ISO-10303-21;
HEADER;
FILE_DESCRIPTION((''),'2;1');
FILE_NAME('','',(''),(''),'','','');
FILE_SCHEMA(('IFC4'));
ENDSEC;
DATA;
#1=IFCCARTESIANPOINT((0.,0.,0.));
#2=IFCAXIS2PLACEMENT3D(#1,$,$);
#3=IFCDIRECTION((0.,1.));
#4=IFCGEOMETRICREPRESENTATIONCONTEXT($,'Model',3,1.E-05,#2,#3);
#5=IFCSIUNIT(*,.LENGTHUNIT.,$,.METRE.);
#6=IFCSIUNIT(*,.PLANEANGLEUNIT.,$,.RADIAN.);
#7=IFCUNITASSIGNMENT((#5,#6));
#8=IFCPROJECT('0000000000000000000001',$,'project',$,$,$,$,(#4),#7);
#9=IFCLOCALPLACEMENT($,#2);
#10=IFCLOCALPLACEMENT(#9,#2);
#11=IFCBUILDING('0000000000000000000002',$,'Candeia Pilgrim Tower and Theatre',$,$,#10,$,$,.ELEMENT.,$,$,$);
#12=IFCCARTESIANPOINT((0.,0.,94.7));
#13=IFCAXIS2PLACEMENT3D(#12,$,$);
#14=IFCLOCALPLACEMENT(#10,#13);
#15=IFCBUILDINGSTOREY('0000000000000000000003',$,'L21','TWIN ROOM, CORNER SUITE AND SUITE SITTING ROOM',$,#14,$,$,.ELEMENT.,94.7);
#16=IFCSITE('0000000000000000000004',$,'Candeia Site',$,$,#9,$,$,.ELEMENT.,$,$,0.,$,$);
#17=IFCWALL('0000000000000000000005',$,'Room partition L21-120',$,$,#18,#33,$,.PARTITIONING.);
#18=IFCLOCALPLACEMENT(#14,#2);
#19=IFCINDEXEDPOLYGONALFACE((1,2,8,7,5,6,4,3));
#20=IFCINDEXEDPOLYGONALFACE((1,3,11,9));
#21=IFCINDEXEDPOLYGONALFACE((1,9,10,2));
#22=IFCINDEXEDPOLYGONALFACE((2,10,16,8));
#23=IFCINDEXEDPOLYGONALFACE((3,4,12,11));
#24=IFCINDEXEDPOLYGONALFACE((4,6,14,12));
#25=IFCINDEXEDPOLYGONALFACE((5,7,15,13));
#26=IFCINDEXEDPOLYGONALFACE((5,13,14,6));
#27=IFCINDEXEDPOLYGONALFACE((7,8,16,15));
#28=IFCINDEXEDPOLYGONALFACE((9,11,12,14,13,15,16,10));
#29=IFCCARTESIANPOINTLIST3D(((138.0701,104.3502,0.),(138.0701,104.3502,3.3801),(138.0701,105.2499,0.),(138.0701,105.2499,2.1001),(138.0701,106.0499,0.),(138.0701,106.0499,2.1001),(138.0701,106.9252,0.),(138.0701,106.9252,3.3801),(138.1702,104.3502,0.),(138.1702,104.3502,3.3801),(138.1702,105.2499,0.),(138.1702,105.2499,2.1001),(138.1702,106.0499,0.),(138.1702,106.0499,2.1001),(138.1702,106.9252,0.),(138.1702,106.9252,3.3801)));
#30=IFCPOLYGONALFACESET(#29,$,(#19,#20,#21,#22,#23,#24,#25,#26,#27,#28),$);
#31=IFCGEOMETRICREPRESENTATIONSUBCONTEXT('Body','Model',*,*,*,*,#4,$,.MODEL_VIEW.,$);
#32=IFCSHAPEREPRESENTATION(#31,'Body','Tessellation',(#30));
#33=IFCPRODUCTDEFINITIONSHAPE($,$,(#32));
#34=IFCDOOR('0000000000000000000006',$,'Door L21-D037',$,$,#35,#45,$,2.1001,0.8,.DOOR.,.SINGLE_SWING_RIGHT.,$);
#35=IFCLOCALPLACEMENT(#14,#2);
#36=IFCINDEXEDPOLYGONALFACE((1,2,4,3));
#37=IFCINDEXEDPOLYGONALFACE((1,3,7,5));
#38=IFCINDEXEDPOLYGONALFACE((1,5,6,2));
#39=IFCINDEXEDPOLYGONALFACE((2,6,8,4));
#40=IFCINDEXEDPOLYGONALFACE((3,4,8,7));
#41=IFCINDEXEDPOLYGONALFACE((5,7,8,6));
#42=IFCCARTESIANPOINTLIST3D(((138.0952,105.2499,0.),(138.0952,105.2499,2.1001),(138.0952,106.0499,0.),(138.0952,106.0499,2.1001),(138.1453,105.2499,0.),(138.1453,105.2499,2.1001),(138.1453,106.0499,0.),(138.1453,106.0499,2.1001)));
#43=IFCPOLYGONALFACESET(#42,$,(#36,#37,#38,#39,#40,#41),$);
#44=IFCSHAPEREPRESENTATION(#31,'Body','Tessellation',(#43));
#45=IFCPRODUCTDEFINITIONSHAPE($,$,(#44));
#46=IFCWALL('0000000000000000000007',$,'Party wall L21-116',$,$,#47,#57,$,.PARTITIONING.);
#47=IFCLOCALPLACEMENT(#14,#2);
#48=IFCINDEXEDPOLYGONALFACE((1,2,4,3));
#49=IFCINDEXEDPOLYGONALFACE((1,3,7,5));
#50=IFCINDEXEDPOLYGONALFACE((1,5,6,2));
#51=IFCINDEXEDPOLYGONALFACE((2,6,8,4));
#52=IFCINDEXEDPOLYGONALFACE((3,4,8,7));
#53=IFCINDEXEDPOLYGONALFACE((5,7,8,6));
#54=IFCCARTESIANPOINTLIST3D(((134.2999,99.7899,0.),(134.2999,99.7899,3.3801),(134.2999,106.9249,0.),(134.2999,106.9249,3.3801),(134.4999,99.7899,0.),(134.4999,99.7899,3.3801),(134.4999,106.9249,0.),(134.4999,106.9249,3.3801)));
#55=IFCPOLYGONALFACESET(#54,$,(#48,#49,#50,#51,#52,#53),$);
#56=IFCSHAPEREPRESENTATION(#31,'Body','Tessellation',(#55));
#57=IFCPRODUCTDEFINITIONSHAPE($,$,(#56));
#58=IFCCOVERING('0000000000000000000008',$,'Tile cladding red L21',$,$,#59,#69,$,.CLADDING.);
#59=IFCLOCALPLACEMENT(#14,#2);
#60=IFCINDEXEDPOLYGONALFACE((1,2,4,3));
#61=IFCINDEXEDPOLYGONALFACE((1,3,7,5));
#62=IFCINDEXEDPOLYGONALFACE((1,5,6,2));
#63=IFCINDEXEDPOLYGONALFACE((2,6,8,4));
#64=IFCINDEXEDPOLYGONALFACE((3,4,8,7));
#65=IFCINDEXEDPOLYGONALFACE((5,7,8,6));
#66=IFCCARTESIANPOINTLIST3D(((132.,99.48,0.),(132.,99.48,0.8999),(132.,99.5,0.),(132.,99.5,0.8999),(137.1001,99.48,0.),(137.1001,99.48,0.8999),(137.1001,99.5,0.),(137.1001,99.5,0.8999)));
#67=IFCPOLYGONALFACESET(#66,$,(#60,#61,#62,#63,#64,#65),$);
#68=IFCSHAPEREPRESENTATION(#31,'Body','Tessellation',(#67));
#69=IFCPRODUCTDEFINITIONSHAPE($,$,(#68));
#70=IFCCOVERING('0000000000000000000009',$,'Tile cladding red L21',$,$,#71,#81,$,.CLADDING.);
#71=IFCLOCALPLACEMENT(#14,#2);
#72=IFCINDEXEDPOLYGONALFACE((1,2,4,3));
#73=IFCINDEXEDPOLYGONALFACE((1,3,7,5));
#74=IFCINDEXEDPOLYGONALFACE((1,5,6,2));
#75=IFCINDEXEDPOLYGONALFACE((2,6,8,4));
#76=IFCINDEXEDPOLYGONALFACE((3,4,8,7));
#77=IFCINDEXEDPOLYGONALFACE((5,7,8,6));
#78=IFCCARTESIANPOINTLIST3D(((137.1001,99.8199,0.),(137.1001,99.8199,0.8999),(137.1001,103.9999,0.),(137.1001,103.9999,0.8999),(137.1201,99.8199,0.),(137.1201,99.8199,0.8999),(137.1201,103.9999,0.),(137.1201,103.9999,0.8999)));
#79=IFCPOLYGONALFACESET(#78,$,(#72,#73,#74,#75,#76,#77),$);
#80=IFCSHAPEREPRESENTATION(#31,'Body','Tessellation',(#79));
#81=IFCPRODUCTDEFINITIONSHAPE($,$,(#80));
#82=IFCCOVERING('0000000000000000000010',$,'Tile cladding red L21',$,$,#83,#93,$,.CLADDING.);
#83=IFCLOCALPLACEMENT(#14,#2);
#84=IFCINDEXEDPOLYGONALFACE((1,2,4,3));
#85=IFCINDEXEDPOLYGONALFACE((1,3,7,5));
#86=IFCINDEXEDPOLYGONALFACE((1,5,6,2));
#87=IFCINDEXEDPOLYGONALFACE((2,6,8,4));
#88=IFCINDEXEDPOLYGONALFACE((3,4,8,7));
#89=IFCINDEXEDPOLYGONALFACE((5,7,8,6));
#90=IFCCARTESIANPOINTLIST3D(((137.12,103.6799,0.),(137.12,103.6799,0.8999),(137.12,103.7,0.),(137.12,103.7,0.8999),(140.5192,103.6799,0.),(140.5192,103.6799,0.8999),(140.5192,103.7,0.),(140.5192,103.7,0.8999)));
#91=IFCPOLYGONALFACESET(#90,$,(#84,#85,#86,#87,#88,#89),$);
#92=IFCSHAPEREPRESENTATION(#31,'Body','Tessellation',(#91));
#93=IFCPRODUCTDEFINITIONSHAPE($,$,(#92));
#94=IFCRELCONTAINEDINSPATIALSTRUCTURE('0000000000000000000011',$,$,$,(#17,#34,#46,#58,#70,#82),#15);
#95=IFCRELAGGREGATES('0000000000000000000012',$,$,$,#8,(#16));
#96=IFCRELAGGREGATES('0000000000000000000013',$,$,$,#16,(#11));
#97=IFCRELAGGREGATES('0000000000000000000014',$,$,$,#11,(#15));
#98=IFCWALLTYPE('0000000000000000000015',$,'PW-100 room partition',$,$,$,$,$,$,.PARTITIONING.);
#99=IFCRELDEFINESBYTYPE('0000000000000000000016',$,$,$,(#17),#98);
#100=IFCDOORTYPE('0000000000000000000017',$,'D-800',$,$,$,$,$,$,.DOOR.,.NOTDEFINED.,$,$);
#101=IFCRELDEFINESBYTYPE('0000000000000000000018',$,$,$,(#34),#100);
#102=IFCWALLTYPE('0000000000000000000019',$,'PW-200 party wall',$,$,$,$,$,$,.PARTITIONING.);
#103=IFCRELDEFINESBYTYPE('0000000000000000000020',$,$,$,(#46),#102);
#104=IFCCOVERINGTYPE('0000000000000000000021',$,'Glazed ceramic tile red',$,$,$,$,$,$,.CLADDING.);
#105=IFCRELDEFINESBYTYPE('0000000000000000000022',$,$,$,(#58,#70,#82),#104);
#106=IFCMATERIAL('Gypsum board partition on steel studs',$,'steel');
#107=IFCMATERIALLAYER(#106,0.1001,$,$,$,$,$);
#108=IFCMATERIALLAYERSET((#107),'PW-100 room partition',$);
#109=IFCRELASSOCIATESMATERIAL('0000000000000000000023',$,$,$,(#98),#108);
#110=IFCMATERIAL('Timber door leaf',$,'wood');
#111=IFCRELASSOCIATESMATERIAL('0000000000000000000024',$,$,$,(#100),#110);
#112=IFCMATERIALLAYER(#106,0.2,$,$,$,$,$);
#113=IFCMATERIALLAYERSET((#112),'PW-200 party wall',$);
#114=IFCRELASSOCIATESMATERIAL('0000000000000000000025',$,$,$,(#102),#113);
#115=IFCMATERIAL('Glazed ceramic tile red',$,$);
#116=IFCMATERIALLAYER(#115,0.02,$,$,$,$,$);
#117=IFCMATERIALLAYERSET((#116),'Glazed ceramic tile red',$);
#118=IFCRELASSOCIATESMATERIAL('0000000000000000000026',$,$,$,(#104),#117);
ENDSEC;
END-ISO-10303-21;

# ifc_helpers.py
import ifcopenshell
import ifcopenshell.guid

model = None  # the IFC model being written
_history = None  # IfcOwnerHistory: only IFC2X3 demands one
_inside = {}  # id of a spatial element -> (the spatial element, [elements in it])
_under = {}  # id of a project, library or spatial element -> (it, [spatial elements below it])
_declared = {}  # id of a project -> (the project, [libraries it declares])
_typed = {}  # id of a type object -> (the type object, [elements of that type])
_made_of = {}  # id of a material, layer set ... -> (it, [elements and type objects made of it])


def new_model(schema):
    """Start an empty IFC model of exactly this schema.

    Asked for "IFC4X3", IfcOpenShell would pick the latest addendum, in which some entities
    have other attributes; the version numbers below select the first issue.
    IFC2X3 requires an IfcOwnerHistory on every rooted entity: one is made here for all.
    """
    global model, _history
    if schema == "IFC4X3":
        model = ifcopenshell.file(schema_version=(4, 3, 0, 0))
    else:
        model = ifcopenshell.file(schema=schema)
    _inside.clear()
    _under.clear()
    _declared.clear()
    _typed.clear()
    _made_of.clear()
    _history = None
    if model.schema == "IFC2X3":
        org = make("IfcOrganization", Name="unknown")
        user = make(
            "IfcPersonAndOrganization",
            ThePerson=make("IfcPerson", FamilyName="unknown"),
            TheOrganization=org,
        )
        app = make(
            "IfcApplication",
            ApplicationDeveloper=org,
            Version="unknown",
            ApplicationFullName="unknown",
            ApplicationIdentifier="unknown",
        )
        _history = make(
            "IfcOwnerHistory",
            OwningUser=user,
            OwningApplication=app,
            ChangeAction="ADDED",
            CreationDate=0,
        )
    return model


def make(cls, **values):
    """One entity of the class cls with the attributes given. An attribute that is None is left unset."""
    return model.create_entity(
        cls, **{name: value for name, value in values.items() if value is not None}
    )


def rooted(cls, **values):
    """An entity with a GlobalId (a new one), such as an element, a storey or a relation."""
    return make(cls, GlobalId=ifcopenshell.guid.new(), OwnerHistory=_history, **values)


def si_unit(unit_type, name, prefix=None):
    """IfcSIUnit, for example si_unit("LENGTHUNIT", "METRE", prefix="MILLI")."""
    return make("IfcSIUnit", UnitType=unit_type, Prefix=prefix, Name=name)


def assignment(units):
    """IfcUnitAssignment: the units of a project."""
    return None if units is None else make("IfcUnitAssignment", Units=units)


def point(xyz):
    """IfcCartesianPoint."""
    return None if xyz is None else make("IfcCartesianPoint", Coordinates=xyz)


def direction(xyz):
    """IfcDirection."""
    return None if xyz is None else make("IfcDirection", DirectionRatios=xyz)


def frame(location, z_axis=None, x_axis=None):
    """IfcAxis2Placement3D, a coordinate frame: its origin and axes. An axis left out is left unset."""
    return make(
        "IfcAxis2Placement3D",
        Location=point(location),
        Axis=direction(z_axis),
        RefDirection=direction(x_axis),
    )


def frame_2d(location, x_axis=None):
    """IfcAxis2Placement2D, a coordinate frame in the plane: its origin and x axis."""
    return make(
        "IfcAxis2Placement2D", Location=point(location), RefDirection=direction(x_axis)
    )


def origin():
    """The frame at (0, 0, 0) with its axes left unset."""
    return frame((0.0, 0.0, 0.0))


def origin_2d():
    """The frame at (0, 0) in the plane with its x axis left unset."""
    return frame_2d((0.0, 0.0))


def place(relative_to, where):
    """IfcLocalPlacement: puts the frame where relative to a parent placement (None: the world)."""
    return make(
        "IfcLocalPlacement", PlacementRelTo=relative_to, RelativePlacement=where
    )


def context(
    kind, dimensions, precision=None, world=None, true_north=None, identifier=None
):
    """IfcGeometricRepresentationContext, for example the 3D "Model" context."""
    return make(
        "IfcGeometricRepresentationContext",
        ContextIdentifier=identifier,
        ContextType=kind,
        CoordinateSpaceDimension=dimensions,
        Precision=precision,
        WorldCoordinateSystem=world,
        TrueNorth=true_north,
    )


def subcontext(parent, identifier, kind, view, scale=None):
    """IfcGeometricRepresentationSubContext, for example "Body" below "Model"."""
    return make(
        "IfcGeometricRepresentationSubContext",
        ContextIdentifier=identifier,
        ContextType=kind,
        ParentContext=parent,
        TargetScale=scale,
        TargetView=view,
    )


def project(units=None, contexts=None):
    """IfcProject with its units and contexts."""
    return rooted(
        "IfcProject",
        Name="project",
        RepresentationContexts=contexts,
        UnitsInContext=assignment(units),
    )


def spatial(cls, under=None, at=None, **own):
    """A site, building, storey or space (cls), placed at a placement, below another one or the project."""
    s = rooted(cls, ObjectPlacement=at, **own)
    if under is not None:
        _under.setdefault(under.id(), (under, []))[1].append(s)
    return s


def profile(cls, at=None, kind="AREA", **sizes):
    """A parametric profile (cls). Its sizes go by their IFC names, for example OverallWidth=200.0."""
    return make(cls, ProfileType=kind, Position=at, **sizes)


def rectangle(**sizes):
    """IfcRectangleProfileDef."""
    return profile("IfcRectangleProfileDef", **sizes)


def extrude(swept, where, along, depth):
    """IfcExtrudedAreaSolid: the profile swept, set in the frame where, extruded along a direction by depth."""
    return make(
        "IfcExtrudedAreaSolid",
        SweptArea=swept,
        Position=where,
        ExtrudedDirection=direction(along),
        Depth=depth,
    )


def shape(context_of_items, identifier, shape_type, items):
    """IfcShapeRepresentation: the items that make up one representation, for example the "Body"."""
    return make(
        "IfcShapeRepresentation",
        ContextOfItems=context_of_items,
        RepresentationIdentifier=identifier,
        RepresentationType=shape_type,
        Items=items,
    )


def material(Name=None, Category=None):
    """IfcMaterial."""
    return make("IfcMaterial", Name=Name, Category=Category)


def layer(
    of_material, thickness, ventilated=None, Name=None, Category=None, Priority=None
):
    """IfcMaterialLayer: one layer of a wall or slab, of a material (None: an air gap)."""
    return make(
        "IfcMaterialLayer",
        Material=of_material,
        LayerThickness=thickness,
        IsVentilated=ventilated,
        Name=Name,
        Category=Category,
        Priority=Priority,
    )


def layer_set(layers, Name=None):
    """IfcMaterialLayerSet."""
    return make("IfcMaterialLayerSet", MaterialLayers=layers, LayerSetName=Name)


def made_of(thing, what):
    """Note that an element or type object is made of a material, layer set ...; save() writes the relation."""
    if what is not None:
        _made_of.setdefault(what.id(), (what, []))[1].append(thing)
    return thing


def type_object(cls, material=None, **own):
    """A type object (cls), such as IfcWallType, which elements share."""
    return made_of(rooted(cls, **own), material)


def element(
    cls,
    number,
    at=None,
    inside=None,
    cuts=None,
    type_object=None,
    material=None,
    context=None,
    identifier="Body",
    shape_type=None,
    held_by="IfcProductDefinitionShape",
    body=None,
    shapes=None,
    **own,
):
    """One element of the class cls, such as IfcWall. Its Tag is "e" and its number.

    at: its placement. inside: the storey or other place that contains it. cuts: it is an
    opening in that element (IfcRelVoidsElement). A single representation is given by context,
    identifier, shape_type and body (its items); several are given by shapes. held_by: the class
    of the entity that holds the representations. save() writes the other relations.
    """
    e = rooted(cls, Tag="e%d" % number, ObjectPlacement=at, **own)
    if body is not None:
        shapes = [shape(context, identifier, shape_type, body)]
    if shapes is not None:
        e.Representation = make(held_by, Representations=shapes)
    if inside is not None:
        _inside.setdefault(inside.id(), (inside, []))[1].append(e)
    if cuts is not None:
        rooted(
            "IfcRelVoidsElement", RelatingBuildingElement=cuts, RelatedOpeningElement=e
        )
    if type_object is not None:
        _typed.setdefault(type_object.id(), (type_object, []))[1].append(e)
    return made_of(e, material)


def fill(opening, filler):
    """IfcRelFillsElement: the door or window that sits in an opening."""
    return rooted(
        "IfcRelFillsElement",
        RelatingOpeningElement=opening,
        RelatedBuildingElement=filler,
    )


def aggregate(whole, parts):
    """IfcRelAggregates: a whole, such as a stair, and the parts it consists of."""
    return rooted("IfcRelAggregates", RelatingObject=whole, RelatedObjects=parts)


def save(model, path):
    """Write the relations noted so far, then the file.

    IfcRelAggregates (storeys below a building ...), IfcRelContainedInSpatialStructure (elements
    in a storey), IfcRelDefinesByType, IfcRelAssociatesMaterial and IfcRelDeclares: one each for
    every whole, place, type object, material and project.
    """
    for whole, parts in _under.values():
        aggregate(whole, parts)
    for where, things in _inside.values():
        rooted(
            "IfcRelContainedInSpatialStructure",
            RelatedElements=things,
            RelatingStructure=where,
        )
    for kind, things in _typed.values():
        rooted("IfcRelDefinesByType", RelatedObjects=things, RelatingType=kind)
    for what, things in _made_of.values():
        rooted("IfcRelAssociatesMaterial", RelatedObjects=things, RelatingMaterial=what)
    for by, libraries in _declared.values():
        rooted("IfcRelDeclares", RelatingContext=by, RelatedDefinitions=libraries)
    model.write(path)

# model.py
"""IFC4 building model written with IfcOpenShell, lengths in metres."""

from ifc_helpers import new_model, si_unit, direction, frame, frame_2d, origin, origin_2d, place, context, subcontext, project, spatial, rectangle, extrude, material, layer, layer_set, type_object, element, fill, save


model = new_model("IFC4")

# Units and contexts
model_context = context("Model", 3, precision=1e-05, world=origin(), true_north=direction((0.0, 1.0)))
body_context = subcontext(model_context, "Body", "Model", "MODEL_VIEW")
ifc_project = project(units=[si_unit("LENGTHUNIT", "METRE"), si_unit("PLANEANGLEUNIT", "RADIAN")], contexts=[model_context])

# Site, building, storey
site_placement = place(None, origin())
site = spatial("IfcSite", under=ifc_project, at=site_placement, Name="Candeia Site", CompositionType="ELEMENT", RefElevation=0.0)
building_placement = place(site_placement, origin())
building = spatial("IfcBuilding", under=site, at=building_placement, Name="Candeia Pilgrim Tower and Theatre", CompositionType="ELEMENT")
storey_placement = place(building_placement, frame((0.0, 0.0, 94.7)))
storey = spatial("IfcBuildingStorey", under=building, at=storey_placement, Name="L21", Description="TWIN ROOM, CORNER SUITE AND SUITE SITTING ROOM", CompositionType="ELEMENT", Elevation=94.7)

# Shared definitions
ifc_material_1 = material(Name="Gypsum board partition on steel studs", Category="steel")
ifc_layer_1 = layer(ifc_material_1, 0.1001)
ifc_layer_set_1 = layer_set([ifc_layer_1], Name="PW-100 room partition")
wall_type_1 = type_object("IfcWallType", Name="PW-100 room partition", PredefinedType="PARTITIONING", material=ifc_layer_set_1)

# Wall, opening, door
ifc_material_2 = material(Name="Timber door leaf", Category="wood")
door_type_1 = type_object("IfcDoorType", Name="D-800", OperationType="NOTDEFINED", PredefinedType="DOOR", material=ifc_material_2)
wall_1_placement = place(storey_placement, frame((138.1201, 104.3501, 0.0), z_axis=(0.0, 0.0, 1.0), x_axis=(0.0, 1.0, 0.0)))
wall_1 = element("IfcWall", 1, at=wall_1_placement, inside=storey, type_object=wall_type_1, Name="Room partition L21-120", PredefinedType="PARTITIONING", context=body_context, shape_type="SweptSolid", body=[
    extrude(rectangle(XDim=2.575, YDim=0.1001, at=frame_2d((1.2876, 0.0))), origin(), (0.0, 0.0, 1.0), 3.3801),
])
opening_1_placement = place(wall_1_placement, frame((0.8999, 0.0, 0.0)))
opening_1 = element("IfcOpeningElement", 2, at=opening_1_placement, cuts=wall_1, PredefinedType="OPENING", context=body_context, shape_type="SweptSolid", body=[
    extrude(rectangle(XDim=0.8, YDim=2.1001, at=frame_2d((0.3999, 1.05))), frame((0.0, 0.0601, 0.0), z_axis=(0.0, -1.0, 0.0), x_axis=(1.0, 0.0, 0.0)), (0.0, 0.0, 1.0), 0.1201),
])
door_1_placement = place(opening_1_placement, origin())
door_1 = element("IfcDoor", 3, at=door_1_placement, inside=storey, type_object=door_type_1, Name="Door L21-D037", OperationType="SINGLE_SWING_RIGHT", OverallHeight=2.1001, OverallWidth=0.8, PredefinedType="DOOR", context=body_context, shape_type="SweptSolid", body=[
    extrude(rectangle(XDim=0.8, YDim=2.1001, at=frame_2d((0.3999, 1.05))), frame((0.0, 0.0249, 0.0), z_axis=(0.0, -1.0, 0.0), x_axis=(1.0, 0.0, 0.0)), (0.0, 0.0, 1.0), 0.05),
])
fill(opening_1, door_1)

# Wall
ifc_layer_2 = layer(ifc_material_1, 0.2)
ifc_layer_set_2 = layer_set([ifc_layer_2], Name="PW-200 party wall")
wall_type_2 = type_object("IfcWallType", Name="PW-200 party wall", PredefinedType="PARTITIONING", material=ifc_layer_set_2)
wall_2_placement = place(storey_placement, frame((134.3999, 99.79, 0.0), z_axis=(0.0, 0.0, 1.0), x_axis=(0.0, 1.0, 0.0)))
element("IfcWall", 4, at=wall_2_placement, inside=storey, type_object=wall_type_2, Name="Party wall L21-116", PredefinedType="PARTITIONING", context=body_context, shape_type="SweptSolid", body=[
    extrude(rectangle(XDim=7.135, YDim=0.2, at=frame_2d((3.5674, 0.0))), origin(), (0.0, 0.0, 1.0), 3.3801),
])

# Coverings
ifc_material_3 = material(Name="Glazed ceramic tile red")
ifc_layer_3 = layer(ifc_material_3, 0.02)
ifc_layer_set_3 = layer_set([ifc_layer_3], Name="Glazed ceramic tile red")
covering_type = type_object("IfcCoveringType", Name="Glazed ceramic tile red", PredefinedType="CLADDING", material=ifc_layer_set_3)
covering_1_placement = place(storey_placement, frame((134.55, 99.49, 0.0), z_axis=(0.0, 0.0, 1.0), x_axis=(1.0, 0.0, 0.0)))
element("IfcCovering", 5, at=covering_1_placement, inside=storey, type_object=covering_type, Name="Tile cladding red L21", PredefinedType="CLADDING", context=body_context, shape_type="SweptSolid", body=[
    extrude(rectangle(XDim=5.1001, YDim=0.02, at=origin_2d()), origin(), (0.0, 0.0, 1.0), 0.8999),
])
covering_2_placement = place(storey_placement, frame((137.1101, 101.9099, 0.0), z_axis=(0.0, 0.0, 1.0), x_axis=(0.0, 1.0, 0.0)))
element("IfcCovering", 6, at=covering_2_placement, inside=storey, type_object=covering_type, Name="Tile cladding red L21", PredefinedType="CLADDING", context=body_context, shape_type="SweptSolid", body=[
    extrude(rectangle(XDim=4.1799, YDim=0.02, at=origin_2d()), origin(), (0.0, 0.0, 1.0), 0.8999),
])
covering_3_placement = place(storey_placement, frame((138.8196, 103.6899, 0.0), z_axis=(0.0, 0.0, 1.0), x_axis=(1.0, 0.0, 0.0)))
element("IfcCovering", 7, at=covering_3_placement, inside=storey, type_object=covering_type, Name="Tile cladding red L21", PredefinedType="CLADDING", context=body_context, shape_type="SweptSolid", body=[
    extrude(rectangle(XDim=3.3992, YDim=0.02, at=origin_2d()), origin(), (0.0, 0.0, 1.0), 0.8999),
])

save(model, "model.ifc")
